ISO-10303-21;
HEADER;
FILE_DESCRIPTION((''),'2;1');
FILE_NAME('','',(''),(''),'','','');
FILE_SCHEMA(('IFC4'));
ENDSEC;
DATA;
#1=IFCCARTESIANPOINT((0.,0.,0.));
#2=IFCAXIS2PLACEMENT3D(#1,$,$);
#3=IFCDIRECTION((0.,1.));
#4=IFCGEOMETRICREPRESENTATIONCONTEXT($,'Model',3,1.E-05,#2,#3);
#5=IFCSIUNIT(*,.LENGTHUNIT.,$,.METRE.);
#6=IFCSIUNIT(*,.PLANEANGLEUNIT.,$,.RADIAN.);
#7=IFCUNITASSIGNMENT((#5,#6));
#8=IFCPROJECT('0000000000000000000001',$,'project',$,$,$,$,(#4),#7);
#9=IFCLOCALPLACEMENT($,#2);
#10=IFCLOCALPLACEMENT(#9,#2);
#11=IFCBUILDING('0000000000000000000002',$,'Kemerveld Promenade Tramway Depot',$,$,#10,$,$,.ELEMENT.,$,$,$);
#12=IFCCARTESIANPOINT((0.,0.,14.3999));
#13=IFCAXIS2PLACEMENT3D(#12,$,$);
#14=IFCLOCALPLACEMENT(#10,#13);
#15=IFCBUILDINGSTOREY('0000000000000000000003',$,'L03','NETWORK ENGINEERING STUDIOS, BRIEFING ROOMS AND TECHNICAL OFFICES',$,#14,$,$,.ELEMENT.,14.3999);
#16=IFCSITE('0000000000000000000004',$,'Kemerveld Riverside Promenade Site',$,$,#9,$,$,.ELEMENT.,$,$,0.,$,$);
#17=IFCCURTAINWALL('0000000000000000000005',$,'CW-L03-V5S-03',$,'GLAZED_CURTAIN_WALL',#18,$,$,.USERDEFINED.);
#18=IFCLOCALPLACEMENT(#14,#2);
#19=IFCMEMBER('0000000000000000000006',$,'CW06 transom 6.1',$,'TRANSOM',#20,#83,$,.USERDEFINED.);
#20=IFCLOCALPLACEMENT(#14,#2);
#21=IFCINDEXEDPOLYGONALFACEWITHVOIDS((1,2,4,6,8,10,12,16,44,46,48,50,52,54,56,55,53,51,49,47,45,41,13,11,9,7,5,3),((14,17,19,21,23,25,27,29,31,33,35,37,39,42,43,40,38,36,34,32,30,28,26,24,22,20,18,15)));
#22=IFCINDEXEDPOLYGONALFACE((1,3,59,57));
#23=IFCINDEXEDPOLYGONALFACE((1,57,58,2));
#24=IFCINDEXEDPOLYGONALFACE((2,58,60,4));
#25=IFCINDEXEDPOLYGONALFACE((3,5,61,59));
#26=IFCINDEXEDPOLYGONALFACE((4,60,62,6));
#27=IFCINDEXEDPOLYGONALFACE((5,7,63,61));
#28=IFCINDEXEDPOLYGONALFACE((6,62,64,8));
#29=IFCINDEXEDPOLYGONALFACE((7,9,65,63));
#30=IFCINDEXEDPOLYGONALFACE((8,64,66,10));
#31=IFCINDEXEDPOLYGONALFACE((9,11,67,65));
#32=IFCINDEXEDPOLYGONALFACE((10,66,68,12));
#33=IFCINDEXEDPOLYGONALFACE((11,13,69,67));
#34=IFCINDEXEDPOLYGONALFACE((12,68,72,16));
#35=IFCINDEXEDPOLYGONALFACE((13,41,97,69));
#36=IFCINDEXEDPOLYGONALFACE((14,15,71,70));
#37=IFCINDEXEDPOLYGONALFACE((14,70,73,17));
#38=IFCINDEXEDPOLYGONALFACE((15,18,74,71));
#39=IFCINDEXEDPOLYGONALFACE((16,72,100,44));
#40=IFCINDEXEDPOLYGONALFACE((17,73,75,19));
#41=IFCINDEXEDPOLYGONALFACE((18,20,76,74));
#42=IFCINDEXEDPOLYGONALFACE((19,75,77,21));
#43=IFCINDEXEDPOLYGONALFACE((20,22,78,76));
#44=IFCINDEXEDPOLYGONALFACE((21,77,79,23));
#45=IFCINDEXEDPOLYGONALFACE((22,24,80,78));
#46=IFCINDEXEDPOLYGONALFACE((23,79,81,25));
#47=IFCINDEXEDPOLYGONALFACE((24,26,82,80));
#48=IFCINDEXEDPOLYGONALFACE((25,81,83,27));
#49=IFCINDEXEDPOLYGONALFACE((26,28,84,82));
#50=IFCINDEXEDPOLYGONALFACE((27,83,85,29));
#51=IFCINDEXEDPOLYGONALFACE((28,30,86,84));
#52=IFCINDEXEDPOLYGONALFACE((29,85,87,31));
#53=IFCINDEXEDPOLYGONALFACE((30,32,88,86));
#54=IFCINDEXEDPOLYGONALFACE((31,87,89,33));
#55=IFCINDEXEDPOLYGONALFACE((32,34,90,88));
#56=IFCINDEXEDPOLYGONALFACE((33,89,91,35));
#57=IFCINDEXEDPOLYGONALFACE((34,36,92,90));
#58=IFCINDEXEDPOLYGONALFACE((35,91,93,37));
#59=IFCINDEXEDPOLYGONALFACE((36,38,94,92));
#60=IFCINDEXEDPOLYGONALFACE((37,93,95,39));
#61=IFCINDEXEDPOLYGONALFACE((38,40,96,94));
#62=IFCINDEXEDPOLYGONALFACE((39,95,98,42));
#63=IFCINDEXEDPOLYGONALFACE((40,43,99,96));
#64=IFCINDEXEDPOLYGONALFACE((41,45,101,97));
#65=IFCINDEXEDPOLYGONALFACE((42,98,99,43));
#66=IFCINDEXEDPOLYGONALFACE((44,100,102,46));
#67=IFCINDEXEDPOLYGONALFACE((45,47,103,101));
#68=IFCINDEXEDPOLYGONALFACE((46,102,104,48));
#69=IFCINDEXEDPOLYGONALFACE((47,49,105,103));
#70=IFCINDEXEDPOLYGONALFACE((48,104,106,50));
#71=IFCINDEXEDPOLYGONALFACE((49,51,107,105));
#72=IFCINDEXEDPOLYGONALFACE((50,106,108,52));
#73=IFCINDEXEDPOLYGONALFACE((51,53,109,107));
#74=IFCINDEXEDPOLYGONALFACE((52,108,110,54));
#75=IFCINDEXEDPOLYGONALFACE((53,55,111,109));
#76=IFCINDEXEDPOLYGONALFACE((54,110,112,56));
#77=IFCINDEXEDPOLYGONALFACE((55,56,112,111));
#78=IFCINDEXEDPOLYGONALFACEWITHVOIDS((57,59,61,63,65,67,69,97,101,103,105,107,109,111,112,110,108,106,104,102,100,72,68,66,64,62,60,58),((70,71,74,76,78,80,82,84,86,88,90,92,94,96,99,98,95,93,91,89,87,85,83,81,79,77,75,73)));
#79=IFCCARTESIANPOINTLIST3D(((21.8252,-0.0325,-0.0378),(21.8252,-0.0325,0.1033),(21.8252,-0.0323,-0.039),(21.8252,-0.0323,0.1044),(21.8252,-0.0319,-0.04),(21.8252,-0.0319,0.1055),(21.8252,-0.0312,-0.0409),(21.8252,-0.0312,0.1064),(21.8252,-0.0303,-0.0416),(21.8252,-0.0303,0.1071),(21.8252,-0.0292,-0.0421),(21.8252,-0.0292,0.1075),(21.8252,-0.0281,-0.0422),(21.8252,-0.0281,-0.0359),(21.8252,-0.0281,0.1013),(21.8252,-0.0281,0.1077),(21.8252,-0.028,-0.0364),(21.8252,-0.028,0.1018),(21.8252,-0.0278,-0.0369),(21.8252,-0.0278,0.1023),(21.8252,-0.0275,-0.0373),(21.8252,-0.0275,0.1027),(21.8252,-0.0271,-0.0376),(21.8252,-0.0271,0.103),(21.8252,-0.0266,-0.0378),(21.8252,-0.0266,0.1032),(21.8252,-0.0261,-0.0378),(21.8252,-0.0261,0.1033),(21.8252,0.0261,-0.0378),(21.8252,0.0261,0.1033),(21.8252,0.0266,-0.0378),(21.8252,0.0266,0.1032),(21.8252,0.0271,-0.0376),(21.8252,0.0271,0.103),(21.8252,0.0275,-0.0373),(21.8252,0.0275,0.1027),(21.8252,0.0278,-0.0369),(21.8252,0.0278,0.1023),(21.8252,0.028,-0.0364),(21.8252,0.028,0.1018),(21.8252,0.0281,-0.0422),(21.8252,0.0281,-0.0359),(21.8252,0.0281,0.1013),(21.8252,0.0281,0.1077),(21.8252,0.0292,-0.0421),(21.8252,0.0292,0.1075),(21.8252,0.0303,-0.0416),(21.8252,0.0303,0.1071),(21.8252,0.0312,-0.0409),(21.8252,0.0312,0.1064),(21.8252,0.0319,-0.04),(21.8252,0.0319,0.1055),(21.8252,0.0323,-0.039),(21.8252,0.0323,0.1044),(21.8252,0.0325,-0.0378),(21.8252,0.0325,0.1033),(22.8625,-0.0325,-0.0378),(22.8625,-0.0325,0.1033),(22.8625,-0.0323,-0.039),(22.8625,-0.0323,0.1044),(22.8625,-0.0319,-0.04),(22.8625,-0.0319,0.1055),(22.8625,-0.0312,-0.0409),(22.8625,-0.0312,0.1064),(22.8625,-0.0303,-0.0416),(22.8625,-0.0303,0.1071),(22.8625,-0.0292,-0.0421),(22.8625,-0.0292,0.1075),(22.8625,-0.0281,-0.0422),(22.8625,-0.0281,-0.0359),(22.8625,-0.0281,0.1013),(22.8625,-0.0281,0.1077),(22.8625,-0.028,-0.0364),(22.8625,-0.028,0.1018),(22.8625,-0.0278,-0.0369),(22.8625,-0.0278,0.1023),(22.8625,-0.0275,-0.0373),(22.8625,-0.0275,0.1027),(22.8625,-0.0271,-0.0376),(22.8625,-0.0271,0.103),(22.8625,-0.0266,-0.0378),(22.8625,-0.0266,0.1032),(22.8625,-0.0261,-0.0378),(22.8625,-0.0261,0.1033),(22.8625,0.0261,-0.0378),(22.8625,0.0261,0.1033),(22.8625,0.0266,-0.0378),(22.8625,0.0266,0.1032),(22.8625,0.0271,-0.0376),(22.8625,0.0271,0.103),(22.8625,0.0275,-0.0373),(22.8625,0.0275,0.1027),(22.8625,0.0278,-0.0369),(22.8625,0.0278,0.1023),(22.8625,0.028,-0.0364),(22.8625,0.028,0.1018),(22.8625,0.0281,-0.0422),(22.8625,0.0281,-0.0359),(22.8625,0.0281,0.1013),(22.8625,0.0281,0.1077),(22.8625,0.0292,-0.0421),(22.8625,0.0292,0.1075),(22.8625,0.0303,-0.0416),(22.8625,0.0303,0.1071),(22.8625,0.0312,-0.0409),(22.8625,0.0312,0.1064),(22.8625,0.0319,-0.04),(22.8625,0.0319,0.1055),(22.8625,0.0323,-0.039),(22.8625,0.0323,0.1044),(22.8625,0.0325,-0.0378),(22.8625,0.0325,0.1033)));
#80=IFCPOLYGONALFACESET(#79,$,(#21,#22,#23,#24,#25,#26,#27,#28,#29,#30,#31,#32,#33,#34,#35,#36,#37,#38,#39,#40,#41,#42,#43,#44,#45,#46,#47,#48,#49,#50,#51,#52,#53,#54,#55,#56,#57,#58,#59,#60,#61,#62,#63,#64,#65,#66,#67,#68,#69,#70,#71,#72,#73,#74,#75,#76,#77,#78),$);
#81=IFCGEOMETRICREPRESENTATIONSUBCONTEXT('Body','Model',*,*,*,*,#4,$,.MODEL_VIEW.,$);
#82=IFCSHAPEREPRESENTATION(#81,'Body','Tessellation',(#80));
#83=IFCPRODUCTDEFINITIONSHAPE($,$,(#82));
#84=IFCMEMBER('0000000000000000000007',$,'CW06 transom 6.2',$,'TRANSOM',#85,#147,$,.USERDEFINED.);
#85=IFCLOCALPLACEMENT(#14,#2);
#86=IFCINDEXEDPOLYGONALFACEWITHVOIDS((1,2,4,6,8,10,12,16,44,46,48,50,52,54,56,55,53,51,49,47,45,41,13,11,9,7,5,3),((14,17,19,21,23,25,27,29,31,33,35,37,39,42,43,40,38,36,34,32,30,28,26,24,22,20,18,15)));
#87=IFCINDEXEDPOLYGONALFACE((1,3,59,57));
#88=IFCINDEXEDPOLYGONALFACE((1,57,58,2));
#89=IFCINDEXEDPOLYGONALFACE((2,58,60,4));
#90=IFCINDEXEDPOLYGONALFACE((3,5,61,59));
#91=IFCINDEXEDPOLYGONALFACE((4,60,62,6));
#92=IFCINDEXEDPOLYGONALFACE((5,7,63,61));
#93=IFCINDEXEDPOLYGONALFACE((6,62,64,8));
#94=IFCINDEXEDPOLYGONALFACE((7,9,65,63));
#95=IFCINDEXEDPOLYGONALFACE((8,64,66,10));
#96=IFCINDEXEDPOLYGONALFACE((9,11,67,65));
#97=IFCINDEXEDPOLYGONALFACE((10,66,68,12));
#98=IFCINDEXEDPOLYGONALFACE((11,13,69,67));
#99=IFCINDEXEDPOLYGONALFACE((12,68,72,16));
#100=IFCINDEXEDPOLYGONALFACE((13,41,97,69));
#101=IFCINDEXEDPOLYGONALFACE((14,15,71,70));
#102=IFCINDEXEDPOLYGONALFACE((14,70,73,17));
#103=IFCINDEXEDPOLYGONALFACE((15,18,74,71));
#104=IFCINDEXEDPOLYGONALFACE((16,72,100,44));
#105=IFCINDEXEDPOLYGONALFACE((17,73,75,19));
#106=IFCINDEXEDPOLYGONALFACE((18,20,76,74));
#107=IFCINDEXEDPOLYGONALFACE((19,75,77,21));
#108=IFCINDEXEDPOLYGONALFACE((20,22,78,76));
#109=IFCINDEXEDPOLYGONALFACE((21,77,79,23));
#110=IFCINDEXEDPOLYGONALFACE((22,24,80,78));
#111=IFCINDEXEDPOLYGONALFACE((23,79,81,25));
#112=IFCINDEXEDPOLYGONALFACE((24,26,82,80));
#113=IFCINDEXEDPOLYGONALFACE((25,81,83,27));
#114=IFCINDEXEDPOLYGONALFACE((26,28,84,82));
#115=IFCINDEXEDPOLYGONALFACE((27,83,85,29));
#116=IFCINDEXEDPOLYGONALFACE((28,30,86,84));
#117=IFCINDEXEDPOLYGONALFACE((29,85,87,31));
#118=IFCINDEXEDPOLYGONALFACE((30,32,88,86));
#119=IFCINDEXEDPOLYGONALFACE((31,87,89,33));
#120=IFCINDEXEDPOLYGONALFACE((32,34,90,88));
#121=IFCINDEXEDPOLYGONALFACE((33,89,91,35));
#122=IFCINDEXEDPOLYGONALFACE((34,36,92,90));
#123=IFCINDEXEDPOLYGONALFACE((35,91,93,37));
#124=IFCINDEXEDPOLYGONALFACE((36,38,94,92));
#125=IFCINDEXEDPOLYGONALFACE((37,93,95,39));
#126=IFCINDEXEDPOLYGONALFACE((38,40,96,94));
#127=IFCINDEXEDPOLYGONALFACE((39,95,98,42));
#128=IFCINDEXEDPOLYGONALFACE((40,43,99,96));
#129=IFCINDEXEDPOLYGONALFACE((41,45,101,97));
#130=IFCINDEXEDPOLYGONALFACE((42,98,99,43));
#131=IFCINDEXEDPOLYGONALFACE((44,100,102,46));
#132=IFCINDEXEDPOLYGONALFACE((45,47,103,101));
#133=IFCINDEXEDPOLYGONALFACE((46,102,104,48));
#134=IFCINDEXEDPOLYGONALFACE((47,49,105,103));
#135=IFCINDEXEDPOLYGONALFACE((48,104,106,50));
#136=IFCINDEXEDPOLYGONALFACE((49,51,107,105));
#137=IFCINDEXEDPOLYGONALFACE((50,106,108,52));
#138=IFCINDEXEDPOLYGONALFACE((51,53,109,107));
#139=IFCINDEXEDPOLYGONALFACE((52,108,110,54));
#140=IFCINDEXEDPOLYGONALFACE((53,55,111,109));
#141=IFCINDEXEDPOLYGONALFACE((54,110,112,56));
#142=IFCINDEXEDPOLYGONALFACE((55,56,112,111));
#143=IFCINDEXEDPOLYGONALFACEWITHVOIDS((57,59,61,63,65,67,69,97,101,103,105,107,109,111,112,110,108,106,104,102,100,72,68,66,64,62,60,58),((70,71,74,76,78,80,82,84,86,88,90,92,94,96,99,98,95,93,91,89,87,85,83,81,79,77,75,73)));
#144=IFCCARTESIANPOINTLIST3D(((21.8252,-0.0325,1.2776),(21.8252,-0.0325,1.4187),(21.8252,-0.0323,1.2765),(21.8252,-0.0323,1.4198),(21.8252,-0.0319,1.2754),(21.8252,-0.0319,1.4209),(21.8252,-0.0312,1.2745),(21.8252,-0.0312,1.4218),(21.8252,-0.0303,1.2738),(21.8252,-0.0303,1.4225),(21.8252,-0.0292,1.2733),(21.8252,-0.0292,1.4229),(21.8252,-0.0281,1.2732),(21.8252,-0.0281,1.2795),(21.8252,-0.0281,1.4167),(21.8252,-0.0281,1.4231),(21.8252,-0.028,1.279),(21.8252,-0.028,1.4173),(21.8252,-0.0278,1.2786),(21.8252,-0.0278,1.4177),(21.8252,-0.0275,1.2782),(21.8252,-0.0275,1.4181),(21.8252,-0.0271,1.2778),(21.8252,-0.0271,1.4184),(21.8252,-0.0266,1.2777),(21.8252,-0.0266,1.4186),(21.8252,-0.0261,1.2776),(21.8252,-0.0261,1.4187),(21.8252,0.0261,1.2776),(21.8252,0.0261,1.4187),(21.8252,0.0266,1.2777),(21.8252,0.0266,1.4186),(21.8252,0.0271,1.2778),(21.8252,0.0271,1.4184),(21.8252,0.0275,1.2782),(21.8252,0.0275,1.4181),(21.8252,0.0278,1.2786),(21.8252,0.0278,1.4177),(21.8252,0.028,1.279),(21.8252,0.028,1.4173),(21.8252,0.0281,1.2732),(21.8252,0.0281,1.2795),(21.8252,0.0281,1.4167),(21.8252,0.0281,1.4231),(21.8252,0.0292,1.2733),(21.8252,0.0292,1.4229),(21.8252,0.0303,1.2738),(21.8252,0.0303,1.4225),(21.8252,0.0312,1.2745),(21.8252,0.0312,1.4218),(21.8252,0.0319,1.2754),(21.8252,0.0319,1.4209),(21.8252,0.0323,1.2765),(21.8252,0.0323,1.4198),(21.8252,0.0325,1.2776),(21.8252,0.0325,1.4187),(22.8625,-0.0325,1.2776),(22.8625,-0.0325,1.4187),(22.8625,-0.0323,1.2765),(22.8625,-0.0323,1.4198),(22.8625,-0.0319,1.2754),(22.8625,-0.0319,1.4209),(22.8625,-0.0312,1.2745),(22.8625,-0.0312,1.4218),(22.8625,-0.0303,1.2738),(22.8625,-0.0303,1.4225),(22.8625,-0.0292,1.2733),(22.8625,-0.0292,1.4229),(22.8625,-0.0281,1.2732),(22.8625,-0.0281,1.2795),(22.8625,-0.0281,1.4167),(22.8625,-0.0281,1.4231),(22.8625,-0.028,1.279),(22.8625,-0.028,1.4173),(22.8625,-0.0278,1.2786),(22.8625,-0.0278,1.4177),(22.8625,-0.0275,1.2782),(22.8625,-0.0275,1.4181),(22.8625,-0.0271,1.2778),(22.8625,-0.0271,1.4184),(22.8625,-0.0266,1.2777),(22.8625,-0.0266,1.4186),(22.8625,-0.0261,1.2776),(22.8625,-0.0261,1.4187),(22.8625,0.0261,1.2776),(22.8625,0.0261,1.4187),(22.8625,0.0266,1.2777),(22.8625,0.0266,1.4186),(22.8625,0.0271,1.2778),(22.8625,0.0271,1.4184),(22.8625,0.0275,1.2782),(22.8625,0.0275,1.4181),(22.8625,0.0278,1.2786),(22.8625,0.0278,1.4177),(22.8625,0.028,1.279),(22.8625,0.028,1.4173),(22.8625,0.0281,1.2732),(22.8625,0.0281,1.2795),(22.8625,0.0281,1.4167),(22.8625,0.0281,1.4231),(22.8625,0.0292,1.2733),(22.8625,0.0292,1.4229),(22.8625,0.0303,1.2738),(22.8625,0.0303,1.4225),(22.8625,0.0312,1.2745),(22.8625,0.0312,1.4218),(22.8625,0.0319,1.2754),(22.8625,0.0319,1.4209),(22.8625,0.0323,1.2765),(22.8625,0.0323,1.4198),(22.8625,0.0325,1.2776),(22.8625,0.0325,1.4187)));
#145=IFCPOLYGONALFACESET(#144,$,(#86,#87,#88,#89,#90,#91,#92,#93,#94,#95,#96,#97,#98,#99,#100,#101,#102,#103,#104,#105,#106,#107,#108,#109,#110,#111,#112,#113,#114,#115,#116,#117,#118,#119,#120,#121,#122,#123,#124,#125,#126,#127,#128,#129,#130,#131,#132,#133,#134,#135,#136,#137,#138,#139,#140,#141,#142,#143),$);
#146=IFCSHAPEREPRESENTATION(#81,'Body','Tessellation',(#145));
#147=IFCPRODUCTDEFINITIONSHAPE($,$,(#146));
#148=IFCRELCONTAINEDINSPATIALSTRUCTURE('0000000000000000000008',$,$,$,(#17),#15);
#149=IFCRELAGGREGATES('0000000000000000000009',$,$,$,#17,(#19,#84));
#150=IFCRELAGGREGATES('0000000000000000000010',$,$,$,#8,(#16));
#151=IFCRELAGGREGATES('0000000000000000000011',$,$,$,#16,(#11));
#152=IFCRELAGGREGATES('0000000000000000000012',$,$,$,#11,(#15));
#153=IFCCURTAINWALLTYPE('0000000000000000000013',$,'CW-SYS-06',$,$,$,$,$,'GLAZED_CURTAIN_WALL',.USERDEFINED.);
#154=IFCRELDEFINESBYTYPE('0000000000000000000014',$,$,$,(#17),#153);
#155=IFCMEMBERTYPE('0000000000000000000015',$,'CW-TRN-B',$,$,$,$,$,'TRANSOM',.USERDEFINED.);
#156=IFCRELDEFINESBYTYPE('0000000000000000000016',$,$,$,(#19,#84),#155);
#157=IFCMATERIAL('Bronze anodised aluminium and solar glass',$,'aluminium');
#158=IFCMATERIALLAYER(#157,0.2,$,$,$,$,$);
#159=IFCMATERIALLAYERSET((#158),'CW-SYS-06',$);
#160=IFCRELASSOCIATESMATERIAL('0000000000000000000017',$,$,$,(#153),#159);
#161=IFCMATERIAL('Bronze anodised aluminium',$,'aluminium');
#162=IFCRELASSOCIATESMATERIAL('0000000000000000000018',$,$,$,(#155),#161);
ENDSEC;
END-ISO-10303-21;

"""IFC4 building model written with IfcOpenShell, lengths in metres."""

from ifc_helpers import new_model, si_unit, direction, frame, origin, origin_2d, place, context, subcontext, project, spatial, hollow_rectangle, extrude, material, layer, layer_set, material_profile, profile_set, type_object, element, aggregate, save


model = new_model("IFC4")

# Units and contexts
model_context = context("Model", 3, precision=1e-05, world=origin(), true_north=direction((0.0, 1.0)))
body_context = subcontext(model_context, "Body", "Model", "MODEL_VIEW")
ifc_project = project(units=[si_unit("LENGTHUNIT", "METRE"), si_unit("PLANEANGLEUNIT", "RADIAN")], contexts=[model_context])

# Site, building, storey
site_placement = place(None, origin())
site = spatial("IfcSite", under=ifc_project, at=site_placement, Name="Kemerveld Riverside Promenade Site", CompositionType="ELEMENT", RefElevation=0.0)
building_placement = place(site_placement, origin())
building = spatial("IfcBuilding", under=site, at=building_placement, Name="Kemerveld Promenade Tramway Depot", CompositionType="ELEMENT")
storey_placement = place(building_placement, frame((0.0, 0.0, 14.3999)))
storey = spatial("IfcBuildingStorey", under=building, at=storey_placement, Name="L03", Description="NETWORK ENGINEERING STUDIOS, BRIEFING ROOMS AND TECHNICAL OFFICES", CompositionType="ELEMENT", Elevation=14.3999)

# Curtain wall, members
ifc_material_1 = material(Name="Bronze anodised aluminium and solar glass", Category="aluminium")
ifc_layer_1 = layer(ifc_material_1, 0.2)
ifc_layer_set_1 = layer_set([ifc_layer_1], Name="CW-SYS-06")
curtain_wall_type = type_object("IfcCurtainWallType", Name="CW-SYS-06", ElementType="GLAZED_CURTAIN_WALL", PredefinedType="USERDEFINED", material=ifc_layer_set_1)
curtain_wall_placement = place(storey_placement, origin())
curtain_wall = element("IfcCurtainWall", 1, at=curtain_wall_placement, inside=storey, type_object=curtain_wall_type, Name="CW-L03-V5S-03", ObjectType="GLAZED_CURTAIN_WALL", PredefinedType="USERDEFINED")
ifc_material_2 = material(Name="Bronze anodised aluminium", Category="aluminium")
ifc_material_profile_1 = material_profile(ifc_material_2, hollow_rectangle(XDim=0.0649, YDim=0.1499, WallThickness=0.0044, InnerFilletRadius=0.002, OuterFilletRadius=0.0044, at=origin_2d()), Name="CW-TRN-150x65")
ifc_profile_set_1 = profile_set([ifc_material_profile_1], Name="Bronze anodised aluminium")
member_type_1 = type_object("IfcMemberType", Name="CW-TRN-B", ElementType="TRANSOM", PredefinedType="USERDEFINED", material=ifc_profile_set_1)
member_1_placement = place(storey_placement, frame((22.8625, 0.0, 0.0327), z_axis=(-1.0, 0.0, 0.0), x_axis=(0.0, -1.0, 0.0)))
member_1 = element("IfcMember", 2, at=member_1_placement, type_object=member_type_1, Name="CW06 transom 6.1", ObjectType="TRANSOM", PredefinedType="USERDEFINED", context=body_context, shape_type="SweptSolid", body=[
    extrude(hollow_rectangle(XDim=0.0649, YDim=0.1499, WallThickness=0.0044, InnerFilletRadius=0.002, OuterFilletRadius=0.0044, at=origin_2d()), origin(), (0.0, 0.0, 1.0), 1.0374),
])
member_2_placement = place(storey_placement, frame((22.8625, 0.0, 1.3481), z_axis=(-1.0, 0.0, 0.0), x_axis=(0.0, -1.0, 0.0)))
member_2 = element("IfcMember", 3, at=member_2_placement, type_object=member_type_1, Name="CW06 transom 6.2", ObjectType="TRANSOM", PredefinedType="USERDEFINED", context=body_context, shape_type="SweptSolid", body=[
    extrude(hollow_rectangle(XDim=0.0649, YDim=0.1499, WallThickness=0.0044, InnerFilletRadius=0.002, OuterFilletRadius=0.0044, at=origin_2d()), origin(), (0.0, 0.0, 1.0), 1.0374),
])
aggregate(curtain_wall, [member_1, member_2])

save(model, "model.ifc")
